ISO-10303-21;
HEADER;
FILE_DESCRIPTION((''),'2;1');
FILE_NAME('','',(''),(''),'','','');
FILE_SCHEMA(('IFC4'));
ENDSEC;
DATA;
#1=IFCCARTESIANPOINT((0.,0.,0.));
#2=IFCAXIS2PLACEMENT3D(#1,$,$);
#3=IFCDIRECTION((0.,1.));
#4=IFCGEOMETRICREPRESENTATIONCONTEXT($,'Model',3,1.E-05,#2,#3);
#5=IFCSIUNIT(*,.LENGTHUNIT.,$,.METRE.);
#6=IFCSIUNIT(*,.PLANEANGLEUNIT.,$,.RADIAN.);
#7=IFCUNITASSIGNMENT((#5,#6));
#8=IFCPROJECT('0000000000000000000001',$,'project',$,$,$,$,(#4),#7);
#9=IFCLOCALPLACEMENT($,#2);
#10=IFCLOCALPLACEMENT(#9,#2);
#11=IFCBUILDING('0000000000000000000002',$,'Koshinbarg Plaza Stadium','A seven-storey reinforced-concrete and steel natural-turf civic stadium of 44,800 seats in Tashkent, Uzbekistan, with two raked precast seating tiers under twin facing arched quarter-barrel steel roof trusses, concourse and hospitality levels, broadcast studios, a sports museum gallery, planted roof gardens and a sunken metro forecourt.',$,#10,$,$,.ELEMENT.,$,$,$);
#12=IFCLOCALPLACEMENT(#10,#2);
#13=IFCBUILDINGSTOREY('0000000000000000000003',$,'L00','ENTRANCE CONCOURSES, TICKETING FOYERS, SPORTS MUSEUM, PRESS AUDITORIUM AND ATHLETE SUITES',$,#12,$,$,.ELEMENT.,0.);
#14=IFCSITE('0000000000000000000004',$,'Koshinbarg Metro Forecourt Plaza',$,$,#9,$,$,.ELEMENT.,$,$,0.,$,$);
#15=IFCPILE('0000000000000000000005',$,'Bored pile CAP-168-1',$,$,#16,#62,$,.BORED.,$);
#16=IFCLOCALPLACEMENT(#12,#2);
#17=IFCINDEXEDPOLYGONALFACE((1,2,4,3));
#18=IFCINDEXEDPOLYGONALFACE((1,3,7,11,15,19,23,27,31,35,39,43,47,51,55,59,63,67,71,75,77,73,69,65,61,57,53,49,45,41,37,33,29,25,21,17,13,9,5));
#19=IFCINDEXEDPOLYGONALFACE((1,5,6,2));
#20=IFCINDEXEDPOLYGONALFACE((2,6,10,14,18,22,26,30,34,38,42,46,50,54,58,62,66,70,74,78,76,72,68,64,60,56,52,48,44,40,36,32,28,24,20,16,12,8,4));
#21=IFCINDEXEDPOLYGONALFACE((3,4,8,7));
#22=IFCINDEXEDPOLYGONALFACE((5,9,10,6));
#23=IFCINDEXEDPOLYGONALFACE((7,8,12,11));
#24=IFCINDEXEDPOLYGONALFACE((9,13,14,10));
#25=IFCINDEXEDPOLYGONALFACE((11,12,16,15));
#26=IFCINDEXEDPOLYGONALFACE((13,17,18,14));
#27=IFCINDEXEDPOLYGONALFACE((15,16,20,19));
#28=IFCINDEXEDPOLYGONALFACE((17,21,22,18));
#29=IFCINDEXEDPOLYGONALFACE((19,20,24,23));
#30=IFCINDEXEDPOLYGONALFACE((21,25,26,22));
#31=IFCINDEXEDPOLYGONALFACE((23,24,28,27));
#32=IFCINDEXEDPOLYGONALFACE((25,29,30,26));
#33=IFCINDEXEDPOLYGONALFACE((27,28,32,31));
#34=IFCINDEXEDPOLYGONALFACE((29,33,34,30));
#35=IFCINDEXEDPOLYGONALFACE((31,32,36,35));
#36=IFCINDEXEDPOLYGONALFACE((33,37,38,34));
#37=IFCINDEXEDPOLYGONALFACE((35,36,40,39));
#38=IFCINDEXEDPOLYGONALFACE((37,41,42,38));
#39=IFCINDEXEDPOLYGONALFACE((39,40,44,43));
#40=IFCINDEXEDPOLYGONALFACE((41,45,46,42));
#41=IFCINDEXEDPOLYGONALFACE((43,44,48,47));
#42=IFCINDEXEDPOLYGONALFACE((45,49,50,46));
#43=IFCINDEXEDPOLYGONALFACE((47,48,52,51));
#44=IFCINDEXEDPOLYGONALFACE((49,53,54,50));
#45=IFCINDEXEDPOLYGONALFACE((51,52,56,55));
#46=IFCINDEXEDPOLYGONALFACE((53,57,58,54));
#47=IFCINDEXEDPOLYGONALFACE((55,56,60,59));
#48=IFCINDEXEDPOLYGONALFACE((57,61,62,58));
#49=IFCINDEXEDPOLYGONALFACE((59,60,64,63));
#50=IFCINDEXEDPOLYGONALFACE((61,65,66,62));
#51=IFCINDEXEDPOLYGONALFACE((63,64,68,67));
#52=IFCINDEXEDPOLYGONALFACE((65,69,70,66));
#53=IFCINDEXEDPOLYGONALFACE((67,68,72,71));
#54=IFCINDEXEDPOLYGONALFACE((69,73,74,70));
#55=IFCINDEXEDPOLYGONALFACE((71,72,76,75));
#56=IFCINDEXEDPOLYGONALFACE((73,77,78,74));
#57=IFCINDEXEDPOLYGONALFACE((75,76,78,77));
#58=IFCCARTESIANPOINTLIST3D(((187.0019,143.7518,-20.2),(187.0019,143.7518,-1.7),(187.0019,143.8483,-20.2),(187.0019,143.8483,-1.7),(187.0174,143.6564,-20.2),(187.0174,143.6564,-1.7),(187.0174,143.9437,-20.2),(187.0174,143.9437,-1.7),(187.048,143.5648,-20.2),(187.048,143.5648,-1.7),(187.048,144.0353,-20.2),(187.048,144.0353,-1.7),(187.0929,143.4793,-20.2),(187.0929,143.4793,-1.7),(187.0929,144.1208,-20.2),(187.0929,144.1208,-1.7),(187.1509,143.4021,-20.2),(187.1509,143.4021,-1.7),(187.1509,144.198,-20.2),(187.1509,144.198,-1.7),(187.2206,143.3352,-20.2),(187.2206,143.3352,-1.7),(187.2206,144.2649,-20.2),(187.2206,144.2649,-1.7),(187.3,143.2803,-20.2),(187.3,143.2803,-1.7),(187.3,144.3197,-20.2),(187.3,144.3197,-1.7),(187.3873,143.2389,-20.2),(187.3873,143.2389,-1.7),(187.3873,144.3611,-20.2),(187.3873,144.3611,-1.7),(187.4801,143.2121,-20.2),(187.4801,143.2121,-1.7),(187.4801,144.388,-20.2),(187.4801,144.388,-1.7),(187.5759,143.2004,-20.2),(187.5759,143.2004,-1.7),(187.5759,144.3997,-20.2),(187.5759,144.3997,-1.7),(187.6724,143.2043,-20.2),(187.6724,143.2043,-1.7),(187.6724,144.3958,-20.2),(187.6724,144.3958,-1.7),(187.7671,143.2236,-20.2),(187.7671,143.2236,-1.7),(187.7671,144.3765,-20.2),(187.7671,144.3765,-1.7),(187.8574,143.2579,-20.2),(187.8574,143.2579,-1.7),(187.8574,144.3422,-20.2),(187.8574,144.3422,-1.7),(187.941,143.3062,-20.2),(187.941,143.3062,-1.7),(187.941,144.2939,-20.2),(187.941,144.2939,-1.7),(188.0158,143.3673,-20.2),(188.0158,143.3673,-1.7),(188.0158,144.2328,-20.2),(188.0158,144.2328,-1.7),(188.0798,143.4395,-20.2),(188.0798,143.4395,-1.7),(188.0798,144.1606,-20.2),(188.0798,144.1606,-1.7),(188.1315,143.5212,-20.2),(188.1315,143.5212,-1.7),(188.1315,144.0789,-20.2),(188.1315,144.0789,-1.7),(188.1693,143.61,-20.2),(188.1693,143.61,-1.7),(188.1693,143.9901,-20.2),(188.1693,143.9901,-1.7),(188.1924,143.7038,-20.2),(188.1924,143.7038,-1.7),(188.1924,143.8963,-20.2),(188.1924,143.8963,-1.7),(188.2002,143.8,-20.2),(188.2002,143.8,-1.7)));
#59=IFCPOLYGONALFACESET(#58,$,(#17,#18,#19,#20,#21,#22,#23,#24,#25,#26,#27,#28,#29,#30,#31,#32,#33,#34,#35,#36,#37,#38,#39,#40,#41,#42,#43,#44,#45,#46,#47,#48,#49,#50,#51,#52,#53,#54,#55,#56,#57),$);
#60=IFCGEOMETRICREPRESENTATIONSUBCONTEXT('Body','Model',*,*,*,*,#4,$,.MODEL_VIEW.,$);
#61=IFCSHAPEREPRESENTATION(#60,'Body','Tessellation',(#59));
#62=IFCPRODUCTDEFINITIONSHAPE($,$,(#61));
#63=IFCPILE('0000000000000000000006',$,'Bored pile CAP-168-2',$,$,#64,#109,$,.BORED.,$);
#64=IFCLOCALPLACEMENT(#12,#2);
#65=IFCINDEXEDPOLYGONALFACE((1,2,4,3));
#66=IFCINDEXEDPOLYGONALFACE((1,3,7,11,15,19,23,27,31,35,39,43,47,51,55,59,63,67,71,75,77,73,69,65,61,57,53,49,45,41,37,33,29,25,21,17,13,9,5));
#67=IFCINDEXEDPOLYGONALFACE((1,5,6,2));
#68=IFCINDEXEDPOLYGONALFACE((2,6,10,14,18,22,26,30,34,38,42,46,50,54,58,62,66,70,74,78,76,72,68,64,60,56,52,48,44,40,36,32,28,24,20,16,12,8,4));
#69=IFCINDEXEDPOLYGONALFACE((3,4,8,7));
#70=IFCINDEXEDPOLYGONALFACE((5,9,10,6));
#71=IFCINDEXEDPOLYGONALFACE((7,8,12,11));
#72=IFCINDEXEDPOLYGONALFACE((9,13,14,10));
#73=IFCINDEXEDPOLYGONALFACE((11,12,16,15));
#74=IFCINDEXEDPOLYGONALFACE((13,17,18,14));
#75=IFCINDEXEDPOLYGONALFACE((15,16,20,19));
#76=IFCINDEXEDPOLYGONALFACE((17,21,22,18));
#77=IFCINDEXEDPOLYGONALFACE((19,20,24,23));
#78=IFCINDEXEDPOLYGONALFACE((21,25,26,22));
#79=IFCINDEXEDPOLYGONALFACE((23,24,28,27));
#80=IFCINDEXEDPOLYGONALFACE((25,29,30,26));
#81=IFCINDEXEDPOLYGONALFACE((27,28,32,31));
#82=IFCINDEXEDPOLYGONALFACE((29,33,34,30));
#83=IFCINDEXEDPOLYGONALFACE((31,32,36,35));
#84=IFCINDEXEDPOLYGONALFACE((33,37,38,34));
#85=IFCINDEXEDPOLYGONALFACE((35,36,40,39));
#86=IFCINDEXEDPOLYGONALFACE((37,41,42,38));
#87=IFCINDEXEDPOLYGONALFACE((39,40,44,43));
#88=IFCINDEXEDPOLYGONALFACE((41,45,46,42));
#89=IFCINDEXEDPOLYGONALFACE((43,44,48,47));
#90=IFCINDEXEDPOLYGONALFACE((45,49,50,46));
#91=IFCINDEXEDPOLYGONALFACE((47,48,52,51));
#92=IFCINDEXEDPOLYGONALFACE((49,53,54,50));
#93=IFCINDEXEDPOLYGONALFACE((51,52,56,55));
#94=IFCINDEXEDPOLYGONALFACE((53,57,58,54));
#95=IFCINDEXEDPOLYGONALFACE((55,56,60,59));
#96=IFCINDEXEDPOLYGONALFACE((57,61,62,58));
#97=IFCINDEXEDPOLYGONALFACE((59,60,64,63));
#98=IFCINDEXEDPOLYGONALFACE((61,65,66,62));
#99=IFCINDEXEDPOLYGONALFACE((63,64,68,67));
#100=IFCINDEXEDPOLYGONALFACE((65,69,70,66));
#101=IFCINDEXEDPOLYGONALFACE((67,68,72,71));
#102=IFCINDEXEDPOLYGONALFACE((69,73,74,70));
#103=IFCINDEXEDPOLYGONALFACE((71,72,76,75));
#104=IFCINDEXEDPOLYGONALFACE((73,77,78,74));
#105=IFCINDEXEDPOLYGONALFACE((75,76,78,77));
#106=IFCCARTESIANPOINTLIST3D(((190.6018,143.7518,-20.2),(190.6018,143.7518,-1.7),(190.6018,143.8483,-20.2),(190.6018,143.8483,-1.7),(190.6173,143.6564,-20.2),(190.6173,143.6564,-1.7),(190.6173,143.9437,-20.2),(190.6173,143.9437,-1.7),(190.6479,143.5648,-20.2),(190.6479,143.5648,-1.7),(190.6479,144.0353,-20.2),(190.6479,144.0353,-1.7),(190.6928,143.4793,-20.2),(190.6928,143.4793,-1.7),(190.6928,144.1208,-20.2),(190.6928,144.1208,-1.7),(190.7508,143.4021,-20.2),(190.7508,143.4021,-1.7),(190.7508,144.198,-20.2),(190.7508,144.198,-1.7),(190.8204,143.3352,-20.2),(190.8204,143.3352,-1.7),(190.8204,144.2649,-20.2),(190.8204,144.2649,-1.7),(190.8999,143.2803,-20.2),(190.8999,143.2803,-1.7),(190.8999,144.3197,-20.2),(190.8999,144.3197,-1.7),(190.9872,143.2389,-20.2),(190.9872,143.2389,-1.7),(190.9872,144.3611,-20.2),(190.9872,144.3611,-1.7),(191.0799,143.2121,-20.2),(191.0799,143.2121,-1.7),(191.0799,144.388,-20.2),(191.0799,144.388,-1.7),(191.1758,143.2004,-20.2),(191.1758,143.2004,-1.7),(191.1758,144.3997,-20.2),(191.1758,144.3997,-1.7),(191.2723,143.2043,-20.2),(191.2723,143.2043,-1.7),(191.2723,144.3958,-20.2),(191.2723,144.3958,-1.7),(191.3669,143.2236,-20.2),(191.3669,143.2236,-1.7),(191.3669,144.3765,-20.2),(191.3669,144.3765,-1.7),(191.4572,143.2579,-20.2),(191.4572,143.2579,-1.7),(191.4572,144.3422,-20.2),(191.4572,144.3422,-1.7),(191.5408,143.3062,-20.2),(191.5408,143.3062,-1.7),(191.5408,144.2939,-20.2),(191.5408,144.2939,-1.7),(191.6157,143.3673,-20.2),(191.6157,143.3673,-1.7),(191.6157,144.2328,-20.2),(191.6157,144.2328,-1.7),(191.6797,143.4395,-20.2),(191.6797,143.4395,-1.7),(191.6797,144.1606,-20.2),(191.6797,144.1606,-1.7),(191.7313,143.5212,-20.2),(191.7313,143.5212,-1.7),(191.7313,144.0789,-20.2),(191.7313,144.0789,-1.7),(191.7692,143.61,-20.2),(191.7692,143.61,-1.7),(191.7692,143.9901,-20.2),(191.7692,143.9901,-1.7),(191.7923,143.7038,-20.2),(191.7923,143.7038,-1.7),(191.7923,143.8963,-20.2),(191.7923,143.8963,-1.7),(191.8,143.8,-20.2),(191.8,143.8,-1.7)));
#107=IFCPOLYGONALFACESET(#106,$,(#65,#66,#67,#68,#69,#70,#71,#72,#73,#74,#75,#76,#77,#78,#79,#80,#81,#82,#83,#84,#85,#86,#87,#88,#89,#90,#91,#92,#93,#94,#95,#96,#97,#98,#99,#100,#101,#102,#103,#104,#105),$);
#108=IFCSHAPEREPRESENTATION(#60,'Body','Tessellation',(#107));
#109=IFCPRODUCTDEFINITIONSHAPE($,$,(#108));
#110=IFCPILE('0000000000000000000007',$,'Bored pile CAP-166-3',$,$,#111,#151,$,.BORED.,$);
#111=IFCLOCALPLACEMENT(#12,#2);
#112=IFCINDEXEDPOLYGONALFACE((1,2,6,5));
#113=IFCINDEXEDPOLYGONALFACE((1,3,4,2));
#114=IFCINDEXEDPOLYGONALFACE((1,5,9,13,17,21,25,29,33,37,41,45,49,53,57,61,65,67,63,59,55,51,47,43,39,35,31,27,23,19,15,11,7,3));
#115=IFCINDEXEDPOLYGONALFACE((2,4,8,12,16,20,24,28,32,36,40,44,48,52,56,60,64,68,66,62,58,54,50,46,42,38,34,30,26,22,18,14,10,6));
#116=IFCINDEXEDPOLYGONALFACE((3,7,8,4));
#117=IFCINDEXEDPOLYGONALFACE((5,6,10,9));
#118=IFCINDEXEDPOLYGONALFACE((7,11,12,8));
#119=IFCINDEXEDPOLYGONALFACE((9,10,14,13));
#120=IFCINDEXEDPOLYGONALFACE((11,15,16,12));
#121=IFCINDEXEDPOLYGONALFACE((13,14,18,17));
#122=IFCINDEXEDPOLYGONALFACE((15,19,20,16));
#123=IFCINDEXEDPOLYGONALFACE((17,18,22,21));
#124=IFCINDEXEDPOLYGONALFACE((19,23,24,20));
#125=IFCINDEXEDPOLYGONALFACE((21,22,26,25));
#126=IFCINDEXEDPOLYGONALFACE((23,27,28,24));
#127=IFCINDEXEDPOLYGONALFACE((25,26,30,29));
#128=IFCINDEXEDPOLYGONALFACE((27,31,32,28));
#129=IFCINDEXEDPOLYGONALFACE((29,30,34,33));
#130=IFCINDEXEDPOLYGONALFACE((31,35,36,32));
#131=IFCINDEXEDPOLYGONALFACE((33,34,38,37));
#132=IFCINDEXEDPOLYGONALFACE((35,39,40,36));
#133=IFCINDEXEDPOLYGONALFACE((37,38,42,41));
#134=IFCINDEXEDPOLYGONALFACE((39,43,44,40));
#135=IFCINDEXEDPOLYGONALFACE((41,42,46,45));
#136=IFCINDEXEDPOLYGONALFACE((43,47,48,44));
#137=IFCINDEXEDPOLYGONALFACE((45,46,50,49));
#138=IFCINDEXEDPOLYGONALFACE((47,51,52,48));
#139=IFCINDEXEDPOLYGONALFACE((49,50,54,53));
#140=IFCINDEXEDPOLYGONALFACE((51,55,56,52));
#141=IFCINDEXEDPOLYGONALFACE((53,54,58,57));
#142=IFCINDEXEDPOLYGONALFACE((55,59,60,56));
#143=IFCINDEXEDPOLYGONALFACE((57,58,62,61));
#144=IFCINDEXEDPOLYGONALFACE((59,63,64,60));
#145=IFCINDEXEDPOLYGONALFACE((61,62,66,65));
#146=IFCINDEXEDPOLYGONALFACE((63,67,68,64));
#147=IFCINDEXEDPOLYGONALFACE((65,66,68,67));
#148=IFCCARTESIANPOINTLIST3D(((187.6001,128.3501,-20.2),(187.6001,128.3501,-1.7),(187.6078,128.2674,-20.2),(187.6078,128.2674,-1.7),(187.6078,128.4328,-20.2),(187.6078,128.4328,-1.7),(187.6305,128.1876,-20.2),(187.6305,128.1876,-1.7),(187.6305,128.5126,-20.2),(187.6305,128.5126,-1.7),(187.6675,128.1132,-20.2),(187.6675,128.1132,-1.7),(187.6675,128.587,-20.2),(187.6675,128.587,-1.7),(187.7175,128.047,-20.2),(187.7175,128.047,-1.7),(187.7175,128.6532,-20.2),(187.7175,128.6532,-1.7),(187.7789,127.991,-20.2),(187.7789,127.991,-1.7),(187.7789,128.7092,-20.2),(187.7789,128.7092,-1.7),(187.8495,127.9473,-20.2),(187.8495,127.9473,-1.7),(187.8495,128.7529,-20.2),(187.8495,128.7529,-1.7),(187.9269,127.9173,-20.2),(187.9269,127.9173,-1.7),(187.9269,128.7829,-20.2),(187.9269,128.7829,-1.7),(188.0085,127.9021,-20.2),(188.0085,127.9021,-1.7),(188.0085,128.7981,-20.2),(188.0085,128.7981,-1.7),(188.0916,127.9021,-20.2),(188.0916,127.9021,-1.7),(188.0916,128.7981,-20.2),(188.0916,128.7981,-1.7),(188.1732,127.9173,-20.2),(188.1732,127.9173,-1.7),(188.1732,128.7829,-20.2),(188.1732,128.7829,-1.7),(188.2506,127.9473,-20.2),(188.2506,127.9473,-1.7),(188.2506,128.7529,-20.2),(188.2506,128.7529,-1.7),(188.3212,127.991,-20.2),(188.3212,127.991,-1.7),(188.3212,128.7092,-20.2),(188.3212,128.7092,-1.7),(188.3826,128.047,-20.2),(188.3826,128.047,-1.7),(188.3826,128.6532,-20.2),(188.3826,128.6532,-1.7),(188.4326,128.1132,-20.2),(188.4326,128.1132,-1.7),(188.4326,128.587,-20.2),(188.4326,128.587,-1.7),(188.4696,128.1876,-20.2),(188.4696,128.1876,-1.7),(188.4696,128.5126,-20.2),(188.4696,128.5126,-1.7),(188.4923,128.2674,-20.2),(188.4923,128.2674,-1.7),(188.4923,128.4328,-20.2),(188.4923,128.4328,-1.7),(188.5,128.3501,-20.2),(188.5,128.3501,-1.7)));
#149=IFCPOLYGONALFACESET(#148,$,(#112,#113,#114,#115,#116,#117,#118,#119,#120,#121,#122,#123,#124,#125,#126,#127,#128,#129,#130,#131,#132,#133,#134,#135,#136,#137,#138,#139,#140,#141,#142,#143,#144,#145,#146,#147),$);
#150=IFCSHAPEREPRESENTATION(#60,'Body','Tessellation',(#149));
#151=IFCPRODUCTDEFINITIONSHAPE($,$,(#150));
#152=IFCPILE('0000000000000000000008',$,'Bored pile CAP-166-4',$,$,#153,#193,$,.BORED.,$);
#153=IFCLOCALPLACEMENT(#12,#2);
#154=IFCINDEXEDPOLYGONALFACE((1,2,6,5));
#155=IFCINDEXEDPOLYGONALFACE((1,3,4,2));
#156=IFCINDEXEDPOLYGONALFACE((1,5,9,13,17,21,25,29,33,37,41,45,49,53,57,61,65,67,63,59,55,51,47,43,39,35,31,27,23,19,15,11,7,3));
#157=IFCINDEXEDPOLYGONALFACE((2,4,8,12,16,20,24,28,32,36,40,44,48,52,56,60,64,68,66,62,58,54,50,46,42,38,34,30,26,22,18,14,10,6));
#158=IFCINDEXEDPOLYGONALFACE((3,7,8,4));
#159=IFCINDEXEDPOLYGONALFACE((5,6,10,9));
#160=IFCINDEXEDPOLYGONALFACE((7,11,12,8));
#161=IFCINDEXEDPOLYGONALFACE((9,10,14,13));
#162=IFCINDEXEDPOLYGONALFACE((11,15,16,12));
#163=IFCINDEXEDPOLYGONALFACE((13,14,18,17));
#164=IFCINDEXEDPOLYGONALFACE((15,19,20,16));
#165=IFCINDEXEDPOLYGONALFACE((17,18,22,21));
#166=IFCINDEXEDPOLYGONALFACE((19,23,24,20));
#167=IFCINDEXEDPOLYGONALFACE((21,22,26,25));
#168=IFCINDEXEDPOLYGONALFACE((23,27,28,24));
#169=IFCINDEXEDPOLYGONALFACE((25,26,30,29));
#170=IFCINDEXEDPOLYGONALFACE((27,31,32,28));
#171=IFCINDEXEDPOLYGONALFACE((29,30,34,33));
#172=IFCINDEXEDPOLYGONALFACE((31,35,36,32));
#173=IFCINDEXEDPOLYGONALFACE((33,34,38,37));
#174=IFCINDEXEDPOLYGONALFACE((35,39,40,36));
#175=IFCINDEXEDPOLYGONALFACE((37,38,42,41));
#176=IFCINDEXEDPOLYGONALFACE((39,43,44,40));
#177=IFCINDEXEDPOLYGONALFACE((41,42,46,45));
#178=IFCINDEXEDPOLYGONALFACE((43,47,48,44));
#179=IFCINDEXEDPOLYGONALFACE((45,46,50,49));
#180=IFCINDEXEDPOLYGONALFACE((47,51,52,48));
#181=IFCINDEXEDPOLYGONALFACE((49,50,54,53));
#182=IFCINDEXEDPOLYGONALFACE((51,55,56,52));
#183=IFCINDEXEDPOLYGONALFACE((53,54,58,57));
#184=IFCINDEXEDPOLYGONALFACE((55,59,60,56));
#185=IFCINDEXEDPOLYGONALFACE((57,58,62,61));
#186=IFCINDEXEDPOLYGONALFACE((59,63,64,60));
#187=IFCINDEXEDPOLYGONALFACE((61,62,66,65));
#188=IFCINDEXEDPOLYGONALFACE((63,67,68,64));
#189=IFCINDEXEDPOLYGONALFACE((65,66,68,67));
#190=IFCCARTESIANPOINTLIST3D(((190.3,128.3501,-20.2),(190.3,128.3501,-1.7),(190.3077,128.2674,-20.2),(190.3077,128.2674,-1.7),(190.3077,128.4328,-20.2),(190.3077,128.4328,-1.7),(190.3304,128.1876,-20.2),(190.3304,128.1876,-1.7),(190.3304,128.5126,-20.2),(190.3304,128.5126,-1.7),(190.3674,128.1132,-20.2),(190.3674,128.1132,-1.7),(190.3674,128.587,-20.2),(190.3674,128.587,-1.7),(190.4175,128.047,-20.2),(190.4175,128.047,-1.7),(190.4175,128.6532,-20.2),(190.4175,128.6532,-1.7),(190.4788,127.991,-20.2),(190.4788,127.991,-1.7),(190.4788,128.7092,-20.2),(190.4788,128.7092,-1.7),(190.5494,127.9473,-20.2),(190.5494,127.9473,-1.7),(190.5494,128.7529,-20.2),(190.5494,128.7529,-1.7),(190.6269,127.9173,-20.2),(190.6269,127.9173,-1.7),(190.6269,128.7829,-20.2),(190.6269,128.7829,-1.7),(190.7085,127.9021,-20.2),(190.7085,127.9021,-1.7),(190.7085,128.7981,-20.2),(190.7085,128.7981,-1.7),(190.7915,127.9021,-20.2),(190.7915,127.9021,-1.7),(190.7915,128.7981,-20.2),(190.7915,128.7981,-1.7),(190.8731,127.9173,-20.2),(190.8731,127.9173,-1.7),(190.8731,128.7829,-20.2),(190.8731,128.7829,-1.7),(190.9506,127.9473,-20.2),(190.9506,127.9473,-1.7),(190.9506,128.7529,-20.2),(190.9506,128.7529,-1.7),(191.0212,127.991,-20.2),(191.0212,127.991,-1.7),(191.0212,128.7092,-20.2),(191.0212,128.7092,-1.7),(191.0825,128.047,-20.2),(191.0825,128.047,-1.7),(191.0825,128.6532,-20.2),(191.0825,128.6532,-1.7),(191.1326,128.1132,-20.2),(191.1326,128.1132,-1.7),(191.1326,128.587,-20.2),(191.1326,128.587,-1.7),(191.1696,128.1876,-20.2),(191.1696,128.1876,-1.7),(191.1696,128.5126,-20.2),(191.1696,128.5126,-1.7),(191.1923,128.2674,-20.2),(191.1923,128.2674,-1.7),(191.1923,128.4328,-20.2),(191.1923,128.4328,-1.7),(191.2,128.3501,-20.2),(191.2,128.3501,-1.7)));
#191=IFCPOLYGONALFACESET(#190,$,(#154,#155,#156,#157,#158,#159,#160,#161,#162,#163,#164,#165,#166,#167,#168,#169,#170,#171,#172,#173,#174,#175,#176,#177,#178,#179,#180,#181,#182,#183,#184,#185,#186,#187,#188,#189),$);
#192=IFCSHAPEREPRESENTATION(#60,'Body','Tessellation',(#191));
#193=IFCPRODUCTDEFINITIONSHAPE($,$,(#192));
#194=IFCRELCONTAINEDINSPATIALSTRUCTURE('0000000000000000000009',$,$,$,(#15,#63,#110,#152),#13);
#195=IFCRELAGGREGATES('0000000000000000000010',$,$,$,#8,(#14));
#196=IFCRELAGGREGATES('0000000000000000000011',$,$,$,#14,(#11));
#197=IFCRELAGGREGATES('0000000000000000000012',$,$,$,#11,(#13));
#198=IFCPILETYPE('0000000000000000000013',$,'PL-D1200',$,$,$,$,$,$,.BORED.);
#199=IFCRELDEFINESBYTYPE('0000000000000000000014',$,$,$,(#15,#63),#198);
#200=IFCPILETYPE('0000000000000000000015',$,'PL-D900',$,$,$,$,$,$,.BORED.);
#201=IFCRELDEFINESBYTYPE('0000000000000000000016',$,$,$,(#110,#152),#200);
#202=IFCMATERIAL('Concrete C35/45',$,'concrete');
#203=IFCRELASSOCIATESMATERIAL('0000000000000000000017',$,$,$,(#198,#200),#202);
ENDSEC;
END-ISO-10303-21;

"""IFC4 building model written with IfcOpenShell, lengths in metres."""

from ifc_helpers import new_model, si_unit, direction, frame, origin, origin_2d, place, context, subcontext, project, spatial, circle, extrude, material, material_profile, profile_set, type_object, element, save


model = new_model("IFC4")

# Units and contexts
model_context = context("Model", 3, precision=1e-05, world=origin(), true_north=direction((0.0, 1.0)))
body_context = subcontext(model_context, "Body", "Model", "MODEL_VIEW")
ifc_project = project(units=[si_unit("LENGTHUNIT", "METRE"), si_unit("PLANEANGLEUNIT", "RADIAN")], contexts=[model_context])

# Site, building, storey
site_placement = place(None, origin())
site = spatial("IfcSite", under=ifc_project, at=site_placement, Name="Koshinbarg Metro Forecourt Plaza", CompositionType="ELEMENT", RefElevation=0.0)
building_placement = place(site_placement, origin())
building = spatial("IfcBuilding", under=site, at=building_placement, Name="Koshinbarg Plaza Stadium", Description="A seven-storey reinforced-concrete and steel natural-turf civic stadium of 44,800 seats in Tashkent, Uzbekistan, with two raked precast seating tiers under twin facing arched quarter-barrel steel roof trusses, concourse and hospitality levels, broadcast studios, a sports museum gallery, planted roof gardens and a sunken metro forecourt.", CompositionType="ELEMENT")
storey_placement = place(building_placement, origin())
storey = spatial("IfcBuildingStorey", under=building, at=storey_placement, Name="L00", Description="ENTRANCE CONCOURSES, TICKETING FOYERS, SPORTS MUSEUM, PRESS AUDITORIUM AND ATHLETE SUITES", CompositionType="ELEMENT", Elevation=0.0)

# Shared definitions
ifc_material_1 = material(Name="Concrete C35/45", Category="concrete")

# Piles
ifc_material_profile_1 = material_profile(ifc_material_1, circle(Radius=0.6001, at=origin_2d()), Name="PILE D1200")
ifc_profile_set_1 = profile_set([ifc_material_profile_1], Name="Concrete C35/45")
pile_type_1 = type_object("IfcPileType", Name="PL-D1200", PredefinedType="BORED", material=ifc_profile_set_1)
for number, where, z_axis, x_axis, name in (
    (1, (187.6001, 143.8, -1.7), (0.0, 0.0, -1.0), (1.0, 0.0, 0.0), "Bored pile CAP-168-1"),
    (2, (191.2, 143.8, -1.7), (0.0, 0.0, -1.0), (1.0, 0.0, 0.0), "Bored pile CAP-168-2"),
):
    element("IfcPile", number, at=place(storey_placement, frame(where, z_axis=z_axis, x_axis=x_axis)), inside=storey, type_object=pile_type_1, Name=name, PredefinedType="BORED", context=body_context, shape_type="SweptSolid", body=[
        extrude(circle(Radius=0.6001, at=origin_2d()), origin(), (0.0, 0.0, 1.0), 18.5),
    ])
ifc_material_profile_2 = material_profile(ifc_material_1, circle(Radius=0.45, at=origin_2d()), Name="PILE D900")
ifc_profile_set_2 = profile_set([ifc_material_profile_2], Name="Concrete C35/45")
pile_type_2 = type_object("IfcPileType", Name="PL-D900", PredefinedType="BORED", material=ifc_profile_set_2)
for number, where, z_axis, x_axis, name in (
    (3, (188.05, 128.3501, -1.7), (0.0, 0.0, -1.0), (1.0, 0.0, 0.0), "Bored pile CAP-166-3"),
    (4, (190.75, 128.3501, -1.7), (0.0, 0.0, -1.0), (1.0, 0.0, 0.0), "Bored pile CAP-166-4"),
):
    element("IfcPile", number, at=place(storey_placement, frame(where, z_axis=z_axis, x_axis=x_axis)), inside=storey, type_object=pile_type_2, Name=name, PredefinedType="BORED", context=body_context, shape_type="SweptSolid", body=[
        extrude(circle(Radius=0.45, at=origin_2d()), origin(), (0.0, 0.0, 1.0), 18.5),
    ])

save(model, "model.ifc")
